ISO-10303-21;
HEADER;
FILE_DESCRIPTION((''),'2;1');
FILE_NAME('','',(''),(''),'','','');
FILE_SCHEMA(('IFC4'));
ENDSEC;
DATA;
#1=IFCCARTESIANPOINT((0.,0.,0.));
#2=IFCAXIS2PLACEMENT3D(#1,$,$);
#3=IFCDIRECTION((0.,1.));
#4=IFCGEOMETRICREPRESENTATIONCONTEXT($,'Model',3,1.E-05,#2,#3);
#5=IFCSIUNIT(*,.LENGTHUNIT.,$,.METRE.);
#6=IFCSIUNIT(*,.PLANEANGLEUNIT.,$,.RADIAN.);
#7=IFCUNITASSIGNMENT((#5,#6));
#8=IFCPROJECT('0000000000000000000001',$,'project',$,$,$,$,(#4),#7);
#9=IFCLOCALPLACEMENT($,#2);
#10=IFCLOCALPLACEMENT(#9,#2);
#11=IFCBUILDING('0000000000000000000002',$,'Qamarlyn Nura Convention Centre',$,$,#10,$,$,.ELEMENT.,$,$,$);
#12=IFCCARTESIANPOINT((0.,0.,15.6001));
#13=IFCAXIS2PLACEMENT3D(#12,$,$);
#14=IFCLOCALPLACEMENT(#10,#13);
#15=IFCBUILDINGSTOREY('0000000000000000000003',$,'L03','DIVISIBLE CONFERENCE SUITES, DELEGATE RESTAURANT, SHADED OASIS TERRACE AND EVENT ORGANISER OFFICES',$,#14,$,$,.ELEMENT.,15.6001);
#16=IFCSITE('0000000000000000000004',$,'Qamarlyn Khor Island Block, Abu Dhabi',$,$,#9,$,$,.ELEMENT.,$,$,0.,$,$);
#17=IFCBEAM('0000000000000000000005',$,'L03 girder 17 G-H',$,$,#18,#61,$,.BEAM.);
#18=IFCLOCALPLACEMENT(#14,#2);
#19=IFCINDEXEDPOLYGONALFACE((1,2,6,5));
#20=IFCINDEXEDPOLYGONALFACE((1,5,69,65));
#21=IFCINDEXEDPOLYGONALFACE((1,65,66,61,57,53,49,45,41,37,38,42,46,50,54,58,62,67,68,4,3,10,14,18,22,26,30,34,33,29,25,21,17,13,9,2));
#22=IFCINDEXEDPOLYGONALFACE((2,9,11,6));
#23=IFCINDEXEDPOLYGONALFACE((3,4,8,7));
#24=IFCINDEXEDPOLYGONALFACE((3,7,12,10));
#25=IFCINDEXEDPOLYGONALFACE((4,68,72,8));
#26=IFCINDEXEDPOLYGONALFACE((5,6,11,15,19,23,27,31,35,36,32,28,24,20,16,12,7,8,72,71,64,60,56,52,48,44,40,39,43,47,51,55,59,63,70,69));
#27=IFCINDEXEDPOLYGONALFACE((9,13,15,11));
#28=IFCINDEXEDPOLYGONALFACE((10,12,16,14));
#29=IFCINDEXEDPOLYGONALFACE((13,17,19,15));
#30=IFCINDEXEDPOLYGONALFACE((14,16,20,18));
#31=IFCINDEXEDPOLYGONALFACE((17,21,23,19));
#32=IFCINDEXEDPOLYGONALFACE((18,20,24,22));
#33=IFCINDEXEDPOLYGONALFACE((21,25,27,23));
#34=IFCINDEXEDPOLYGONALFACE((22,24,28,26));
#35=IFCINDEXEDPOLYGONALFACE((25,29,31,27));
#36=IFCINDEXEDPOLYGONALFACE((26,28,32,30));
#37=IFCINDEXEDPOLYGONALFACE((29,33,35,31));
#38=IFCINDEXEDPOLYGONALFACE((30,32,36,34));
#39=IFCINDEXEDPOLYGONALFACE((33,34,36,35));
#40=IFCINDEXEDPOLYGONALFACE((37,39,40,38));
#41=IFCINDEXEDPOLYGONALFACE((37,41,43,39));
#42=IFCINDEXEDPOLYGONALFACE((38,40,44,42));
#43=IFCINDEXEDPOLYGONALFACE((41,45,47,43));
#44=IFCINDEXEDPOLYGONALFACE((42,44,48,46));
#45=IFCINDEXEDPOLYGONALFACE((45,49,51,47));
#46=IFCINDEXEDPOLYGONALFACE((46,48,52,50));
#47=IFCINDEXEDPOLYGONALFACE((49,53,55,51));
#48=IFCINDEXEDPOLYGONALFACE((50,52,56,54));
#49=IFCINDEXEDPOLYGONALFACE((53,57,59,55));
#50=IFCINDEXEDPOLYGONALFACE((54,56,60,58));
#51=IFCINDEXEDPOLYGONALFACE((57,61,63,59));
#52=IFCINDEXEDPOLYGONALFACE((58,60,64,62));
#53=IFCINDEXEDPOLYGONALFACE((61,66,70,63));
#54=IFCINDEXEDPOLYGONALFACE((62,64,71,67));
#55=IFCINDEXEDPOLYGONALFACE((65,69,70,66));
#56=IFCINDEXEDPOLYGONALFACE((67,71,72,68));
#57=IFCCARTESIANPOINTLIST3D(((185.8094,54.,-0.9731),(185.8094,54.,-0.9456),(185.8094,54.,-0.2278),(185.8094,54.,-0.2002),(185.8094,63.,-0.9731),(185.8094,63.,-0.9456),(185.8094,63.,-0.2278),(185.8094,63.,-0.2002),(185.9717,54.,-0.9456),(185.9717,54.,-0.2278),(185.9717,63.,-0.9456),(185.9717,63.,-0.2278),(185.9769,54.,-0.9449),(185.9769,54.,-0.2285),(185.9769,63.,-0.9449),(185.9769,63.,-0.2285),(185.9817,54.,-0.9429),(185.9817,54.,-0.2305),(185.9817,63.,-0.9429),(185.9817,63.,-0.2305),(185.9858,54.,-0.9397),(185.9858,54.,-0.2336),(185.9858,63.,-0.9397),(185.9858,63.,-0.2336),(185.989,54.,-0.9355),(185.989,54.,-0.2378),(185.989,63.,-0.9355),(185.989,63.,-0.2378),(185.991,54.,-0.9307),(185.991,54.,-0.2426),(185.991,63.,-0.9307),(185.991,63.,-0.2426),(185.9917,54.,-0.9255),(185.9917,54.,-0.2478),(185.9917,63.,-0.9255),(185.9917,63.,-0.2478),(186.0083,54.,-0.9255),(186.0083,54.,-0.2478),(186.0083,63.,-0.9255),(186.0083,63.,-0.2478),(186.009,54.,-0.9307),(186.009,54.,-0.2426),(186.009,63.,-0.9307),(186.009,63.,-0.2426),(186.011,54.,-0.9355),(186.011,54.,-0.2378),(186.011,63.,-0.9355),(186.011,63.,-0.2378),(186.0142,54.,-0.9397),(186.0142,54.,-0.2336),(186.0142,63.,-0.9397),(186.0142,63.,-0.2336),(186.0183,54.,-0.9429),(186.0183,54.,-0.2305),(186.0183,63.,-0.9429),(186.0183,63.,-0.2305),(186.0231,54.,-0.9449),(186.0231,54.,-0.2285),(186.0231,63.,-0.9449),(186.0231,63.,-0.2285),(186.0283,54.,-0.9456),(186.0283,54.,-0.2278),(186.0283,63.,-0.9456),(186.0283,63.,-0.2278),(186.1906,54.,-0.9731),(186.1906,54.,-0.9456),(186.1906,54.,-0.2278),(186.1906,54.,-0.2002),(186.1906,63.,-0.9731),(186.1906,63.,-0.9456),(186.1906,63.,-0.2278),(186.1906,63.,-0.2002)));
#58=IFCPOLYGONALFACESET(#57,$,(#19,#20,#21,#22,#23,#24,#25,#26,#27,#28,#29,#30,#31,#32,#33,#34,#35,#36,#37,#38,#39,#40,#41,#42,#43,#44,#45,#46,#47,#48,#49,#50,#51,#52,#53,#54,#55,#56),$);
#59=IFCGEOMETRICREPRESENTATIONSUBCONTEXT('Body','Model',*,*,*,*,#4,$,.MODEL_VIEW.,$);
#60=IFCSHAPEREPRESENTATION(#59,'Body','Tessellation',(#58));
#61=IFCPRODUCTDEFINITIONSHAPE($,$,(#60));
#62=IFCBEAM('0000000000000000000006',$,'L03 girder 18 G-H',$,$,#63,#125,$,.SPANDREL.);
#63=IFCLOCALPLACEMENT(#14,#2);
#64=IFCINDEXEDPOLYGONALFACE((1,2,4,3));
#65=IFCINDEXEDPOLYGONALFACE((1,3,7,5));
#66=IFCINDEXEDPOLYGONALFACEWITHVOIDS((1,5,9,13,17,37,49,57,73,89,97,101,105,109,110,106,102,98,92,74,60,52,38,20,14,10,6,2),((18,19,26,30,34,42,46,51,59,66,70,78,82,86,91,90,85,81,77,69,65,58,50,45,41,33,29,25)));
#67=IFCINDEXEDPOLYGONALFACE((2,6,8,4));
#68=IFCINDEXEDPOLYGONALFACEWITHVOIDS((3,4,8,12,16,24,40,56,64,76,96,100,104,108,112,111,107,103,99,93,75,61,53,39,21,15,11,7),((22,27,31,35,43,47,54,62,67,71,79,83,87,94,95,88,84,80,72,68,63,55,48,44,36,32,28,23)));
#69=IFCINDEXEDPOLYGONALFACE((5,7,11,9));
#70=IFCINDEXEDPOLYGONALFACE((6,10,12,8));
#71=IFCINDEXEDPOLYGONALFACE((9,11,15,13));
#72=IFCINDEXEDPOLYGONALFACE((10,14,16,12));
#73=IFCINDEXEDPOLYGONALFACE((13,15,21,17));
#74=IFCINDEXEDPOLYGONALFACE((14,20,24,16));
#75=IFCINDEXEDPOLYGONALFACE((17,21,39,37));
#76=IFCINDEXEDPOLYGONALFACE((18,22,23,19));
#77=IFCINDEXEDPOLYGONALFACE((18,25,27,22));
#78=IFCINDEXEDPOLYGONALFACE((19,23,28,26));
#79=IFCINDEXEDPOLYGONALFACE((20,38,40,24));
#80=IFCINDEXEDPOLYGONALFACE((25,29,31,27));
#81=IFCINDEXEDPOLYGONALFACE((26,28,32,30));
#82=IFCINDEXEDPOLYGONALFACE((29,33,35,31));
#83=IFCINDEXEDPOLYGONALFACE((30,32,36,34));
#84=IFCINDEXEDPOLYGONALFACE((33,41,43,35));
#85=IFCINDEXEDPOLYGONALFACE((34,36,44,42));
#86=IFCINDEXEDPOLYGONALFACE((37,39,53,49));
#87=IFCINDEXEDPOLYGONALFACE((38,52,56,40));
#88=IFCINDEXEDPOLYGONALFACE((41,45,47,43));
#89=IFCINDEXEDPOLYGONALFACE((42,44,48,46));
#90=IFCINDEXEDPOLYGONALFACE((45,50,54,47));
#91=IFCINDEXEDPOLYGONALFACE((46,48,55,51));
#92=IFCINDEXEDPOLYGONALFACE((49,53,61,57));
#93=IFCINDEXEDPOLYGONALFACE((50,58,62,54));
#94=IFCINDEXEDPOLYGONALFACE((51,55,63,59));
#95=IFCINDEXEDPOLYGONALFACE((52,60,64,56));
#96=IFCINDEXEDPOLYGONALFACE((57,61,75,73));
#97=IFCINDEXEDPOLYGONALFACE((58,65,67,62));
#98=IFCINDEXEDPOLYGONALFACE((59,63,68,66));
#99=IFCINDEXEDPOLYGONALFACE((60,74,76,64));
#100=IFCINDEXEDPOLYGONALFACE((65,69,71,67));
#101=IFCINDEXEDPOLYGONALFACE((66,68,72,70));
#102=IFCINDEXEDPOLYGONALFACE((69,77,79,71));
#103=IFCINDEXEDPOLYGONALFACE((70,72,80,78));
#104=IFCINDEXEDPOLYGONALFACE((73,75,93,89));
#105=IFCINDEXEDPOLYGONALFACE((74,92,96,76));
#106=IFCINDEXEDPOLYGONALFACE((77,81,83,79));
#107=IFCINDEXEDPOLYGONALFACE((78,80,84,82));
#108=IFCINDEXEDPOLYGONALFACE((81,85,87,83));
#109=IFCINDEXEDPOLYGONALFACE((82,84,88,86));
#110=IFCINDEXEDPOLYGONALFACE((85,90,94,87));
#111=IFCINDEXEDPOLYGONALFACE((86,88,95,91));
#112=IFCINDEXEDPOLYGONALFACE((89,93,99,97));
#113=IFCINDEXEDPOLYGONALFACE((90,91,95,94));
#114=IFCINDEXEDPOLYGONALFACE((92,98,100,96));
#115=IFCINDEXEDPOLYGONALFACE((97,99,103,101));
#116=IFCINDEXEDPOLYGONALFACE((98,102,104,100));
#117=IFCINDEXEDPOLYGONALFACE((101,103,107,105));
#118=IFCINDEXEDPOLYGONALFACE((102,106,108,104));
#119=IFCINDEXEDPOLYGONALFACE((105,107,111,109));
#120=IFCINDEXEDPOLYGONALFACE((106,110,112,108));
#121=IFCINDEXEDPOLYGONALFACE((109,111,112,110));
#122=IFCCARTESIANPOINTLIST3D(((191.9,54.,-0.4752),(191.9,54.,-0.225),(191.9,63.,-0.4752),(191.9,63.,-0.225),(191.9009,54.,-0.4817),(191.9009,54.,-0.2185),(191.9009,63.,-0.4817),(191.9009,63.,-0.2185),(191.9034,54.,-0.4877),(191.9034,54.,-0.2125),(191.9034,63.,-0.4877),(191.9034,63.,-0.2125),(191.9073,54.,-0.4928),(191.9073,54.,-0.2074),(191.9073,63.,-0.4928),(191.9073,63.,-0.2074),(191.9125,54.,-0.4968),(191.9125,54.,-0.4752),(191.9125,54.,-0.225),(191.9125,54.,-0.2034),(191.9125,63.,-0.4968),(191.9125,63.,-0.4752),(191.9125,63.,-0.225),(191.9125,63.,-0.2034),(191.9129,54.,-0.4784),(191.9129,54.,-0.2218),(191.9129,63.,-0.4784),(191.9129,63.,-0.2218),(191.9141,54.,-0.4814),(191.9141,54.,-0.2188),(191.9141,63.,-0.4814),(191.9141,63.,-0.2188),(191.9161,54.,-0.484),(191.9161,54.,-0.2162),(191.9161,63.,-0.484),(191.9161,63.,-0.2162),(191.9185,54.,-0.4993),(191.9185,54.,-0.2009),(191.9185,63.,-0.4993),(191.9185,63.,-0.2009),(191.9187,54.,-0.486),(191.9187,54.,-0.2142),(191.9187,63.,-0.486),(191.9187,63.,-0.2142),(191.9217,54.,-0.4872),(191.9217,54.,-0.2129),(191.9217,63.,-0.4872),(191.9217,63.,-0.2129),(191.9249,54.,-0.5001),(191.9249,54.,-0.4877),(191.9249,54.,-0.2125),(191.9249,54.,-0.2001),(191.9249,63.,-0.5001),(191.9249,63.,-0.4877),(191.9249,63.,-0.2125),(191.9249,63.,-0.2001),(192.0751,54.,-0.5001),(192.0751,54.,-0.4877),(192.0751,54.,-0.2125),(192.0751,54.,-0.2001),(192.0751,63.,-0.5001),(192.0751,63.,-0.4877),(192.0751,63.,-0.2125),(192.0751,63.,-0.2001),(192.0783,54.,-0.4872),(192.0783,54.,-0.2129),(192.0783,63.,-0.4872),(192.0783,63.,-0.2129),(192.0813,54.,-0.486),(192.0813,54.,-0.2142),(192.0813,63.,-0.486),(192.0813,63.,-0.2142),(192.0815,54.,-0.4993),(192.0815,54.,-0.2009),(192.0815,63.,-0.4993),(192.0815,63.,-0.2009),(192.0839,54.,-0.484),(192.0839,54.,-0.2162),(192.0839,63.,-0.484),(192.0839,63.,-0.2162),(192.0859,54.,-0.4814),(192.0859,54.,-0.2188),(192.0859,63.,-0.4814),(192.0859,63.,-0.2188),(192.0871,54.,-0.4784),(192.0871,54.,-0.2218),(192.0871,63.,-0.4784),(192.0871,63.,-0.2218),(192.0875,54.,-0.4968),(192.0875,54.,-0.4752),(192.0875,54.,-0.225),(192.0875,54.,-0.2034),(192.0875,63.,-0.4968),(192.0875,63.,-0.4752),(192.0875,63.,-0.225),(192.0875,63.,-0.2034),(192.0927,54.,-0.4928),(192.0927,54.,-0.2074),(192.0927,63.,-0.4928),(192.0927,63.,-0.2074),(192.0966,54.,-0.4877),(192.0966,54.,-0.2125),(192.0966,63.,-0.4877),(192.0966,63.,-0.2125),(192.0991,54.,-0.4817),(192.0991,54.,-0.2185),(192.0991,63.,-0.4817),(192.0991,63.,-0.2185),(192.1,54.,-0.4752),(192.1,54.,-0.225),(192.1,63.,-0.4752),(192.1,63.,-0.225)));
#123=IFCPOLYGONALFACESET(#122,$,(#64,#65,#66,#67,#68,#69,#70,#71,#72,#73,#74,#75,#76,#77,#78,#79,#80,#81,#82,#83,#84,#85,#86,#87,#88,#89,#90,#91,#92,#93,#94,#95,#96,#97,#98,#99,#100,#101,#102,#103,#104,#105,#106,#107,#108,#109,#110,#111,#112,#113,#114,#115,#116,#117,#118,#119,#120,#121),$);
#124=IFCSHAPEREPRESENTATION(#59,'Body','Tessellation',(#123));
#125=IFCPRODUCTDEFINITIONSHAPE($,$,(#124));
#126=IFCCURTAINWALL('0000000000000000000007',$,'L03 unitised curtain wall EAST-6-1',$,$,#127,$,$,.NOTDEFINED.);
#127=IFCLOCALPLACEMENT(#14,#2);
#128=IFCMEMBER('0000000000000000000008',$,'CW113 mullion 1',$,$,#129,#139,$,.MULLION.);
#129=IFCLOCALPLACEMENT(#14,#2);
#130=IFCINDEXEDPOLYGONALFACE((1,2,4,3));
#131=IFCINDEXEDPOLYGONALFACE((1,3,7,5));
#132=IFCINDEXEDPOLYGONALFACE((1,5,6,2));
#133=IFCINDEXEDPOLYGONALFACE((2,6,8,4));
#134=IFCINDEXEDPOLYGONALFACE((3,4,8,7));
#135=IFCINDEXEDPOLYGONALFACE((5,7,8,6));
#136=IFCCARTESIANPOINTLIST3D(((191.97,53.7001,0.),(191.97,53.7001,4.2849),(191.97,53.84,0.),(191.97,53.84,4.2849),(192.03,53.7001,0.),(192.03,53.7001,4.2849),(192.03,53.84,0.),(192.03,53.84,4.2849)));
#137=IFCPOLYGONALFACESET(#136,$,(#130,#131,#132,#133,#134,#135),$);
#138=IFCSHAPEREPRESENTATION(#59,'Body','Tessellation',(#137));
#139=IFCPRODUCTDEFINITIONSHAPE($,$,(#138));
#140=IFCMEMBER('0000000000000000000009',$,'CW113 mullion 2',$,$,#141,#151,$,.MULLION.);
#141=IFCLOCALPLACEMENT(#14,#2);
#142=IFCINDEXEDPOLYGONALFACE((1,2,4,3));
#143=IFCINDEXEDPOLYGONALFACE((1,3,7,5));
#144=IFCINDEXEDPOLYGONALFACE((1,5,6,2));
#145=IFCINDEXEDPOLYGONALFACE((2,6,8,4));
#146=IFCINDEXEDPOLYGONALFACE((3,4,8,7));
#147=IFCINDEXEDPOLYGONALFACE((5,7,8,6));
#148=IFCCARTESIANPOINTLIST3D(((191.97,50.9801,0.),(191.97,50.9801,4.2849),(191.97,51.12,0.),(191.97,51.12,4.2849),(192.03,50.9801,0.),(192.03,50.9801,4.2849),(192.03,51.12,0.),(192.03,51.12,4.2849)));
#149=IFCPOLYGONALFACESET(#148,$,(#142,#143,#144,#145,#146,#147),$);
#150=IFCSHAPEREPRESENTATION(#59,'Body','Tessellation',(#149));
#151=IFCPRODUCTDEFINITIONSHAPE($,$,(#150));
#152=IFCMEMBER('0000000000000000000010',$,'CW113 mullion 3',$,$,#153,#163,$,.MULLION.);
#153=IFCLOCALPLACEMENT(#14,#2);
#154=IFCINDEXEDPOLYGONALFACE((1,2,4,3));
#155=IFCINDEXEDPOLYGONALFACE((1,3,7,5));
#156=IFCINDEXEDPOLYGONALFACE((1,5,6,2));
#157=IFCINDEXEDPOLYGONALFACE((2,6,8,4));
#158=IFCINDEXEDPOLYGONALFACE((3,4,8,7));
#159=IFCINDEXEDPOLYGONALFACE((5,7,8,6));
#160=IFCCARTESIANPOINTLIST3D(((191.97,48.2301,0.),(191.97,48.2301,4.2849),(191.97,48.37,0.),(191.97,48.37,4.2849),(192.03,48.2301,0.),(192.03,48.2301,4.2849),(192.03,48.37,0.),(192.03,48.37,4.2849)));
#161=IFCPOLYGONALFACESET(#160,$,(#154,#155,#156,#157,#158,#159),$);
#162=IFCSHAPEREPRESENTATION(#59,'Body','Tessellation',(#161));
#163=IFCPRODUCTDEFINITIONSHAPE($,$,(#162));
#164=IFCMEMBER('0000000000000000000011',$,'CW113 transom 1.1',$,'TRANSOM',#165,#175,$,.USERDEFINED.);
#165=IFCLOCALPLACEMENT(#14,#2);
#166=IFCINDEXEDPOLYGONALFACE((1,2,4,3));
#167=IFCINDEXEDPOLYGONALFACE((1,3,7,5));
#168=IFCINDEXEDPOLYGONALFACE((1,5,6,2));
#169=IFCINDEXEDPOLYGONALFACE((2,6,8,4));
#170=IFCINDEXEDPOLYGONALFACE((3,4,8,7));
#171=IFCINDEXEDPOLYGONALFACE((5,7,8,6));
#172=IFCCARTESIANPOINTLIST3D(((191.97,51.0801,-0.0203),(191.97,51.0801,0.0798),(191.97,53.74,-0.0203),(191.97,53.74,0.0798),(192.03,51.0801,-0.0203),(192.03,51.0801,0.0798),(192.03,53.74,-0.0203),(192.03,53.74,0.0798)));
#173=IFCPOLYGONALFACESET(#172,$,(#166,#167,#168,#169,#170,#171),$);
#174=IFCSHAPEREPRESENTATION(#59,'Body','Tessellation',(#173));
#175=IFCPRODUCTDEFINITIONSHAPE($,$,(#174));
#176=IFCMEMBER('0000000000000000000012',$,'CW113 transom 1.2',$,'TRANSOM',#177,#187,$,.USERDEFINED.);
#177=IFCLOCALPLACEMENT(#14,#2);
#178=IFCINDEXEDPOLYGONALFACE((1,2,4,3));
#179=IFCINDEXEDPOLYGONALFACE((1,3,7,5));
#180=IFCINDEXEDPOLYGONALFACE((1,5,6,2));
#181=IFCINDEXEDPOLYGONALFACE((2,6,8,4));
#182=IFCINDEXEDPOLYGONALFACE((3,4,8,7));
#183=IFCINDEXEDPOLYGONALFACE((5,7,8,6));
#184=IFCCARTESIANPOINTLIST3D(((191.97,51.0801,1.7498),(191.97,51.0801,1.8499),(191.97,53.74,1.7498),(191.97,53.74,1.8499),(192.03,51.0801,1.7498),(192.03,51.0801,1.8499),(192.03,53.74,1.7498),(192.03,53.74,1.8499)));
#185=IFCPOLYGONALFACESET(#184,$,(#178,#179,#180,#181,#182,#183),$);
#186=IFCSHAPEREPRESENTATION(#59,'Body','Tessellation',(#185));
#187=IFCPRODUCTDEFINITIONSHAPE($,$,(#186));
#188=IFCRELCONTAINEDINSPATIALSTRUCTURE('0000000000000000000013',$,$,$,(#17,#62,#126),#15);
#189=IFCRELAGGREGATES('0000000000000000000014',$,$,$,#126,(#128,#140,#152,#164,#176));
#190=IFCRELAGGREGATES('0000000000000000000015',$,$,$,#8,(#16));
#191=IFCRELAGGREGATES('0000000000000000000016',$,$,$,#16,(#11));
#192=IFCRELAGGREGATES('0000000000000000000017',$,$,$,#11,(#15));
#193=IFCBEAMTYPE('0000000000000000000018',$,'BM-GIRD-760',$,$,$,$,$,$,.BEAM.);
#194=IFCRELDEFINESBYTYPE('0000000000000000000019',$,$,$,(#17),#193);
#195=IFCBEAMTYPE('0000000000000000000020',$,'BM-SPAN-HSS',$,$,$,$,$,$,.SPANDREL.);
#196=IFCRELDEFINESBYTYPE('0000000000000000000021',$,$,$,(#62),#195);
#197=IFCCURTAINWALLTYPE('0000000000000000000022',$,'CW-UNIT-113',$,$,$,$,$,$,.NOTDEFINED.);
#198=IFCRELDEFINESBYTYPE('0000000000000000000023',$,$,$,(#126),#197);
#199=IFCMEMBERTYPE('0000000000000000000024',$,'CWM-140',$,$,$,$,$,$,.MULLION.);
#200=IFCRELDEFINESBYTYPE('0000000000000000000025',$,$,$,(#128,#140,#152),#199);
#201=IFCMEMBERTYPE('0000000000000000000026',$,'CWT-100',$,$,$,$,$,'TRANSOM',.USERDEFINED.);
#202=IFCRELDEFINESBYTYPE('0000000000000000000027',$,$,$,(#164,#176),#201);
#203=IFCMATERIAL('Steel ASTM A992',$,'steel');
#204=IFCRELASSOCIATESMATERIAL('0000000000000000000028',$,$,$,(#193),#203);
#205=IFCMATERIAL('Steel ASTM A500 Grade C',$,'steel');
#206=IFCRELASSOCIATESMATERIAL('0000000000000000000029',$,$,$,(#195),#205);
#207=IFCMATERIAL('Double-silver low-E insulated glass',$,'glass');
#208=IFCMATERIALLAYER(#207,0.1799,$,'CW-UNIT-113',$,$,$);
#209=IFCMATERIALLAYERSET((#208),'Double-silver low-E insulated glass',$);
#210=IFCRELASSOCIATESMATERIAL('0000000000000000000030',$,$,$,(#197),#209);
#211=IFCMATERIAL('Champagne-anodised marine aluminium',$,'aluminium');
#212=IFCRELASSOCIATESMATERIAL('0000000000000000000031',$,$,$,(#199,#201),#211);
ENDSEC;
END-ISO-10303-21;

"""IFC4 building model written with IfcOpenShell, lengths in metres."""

from ifc_helpers import new_model, si_unit, direction, frame, origin, origin_2d, place, context, subcontext, project, spatial, rectangle, hollow_rectangle, i_section, extrude, material, layer, layer_set, material_profile, profile_set, type_object, element, aggregate, save


model = new_model("IFC4")

# Units and contexts
model_context = context("Model", 3, precision=1e-05, world=origin(), true_north=direction((0.0, 1.0)))
body_context = subcontext(model_context, "Body", "Model", "MODEL_VIEW")
ifc_project = project(units=[si_unit("LENGTHUNIT", "METRE"), si_unit("PLANEANGLEUNIT", "RADIAN")], contexts=[model_context])

# Site, building, storey
site_placement = place(None, origin())
site = spatial("IfcSite", under=ifc_project, at=site_placement, Name="Qamarlyn Khor Island Block, Abu Dhabi", CompositionType="ELEMENT", RefElevation=0.0)
building_placement = place(site_placement, origin())
building = spatial("IfcBuilding", under=site, at=building_placement, Name="Qamarlyn Nura Convention Centre", CompositionType="ELEMENT")
storey_placement = place(building_placement, frame((0.0, 0.0, 15.6001)))
storey = spatial("IfcBuildingStorey", under=building, at=storey_placement, Name="L03", Description="DIVISIBLE CONFERENCE SUITES, DELEGATE RESTAURANT, SHADED OASIS TERRACE AND EVENT ORGANISER OFFICES", CompositionType="ELEMENT", Elevation=15.6001)

# Shared definitions
ifc_material_1 = material(Name="Steel ASTM A500 Grade C", Category="steel")
ifc_material_2 = material(Name="Steel ASTM A992", Category="steel")

# Beams
ifc_material_profile_1 = material_profile(ifc_material_2, i_section(OverallWidth=0.3811, OverallDepth=0.7729, WebThickness=0.0166, FlangeThickness=0.0276, FilletRadius=0.02, at=origin_2d()), Name="W760X257")
ifc_profile_set_1 = profile_set([ifc_material_profile_1], Name="Steel ASTM A992")
beam_type_1 = type_object("IfcBeamType", Name="BM-GIRD-760", PredefinedType="BEAM", material=ifc_profile_set_1)
beam_1_placement = place(storey_placement, frame((186.0, 54.0, -0.5867), z_axis=(0.0, 1.0, 0.0), x_axis=(-1.0, 0.0, 0.0)))
element("IfcBeam", 1, at=beam_1_placement, inside=storey, type_object=beam_type_1, Name="L03 girder 17 G-H", PredefinedType="BEAM", context=body_context, shape_type="SweptSolid", body=[
    extrude(i_section(OverallWidth=0.3811, OverallDepth=0.7729, WebThickness=0.0166, FlangeThickness=0.0276, FilletRadius=0.02, at=origin_2d()), origin(), (0.0, 0.0, 1.0), 9.0),
])
ifc_material_profile_2 = material_profile(ifc_material_1, hollow_rectangle(XDim=0.2, YDim=0.3, WallThickness=0.0125, InnerFilletRadius=0.0125, OuterFilletRadius=0.0249, at=origin_2d()), Name="HSS300X200X12.5")
ifc_profile_set_2 = profile_set([ifc_material_profile_2], Name="Steel ASTM A500 Grade C")
beam_type_2 = type_object("IfcBeamType", Name="BM-SPAN-HSS", PredefinedType="SPANDREL", material=ifc_profile_set_2)
beam_2_placement = place(storey_placement, frame((192.0, 54.0, -0.3501), z_axis=(0.0, 1.0, 0.0), x_axis=(-1.0, 0.0, 0.0)))
element("IfcBeam", 2, at=beam_2_placement, inside=storey, type_object=beam_type_2, Name="L03 girder 18 G-H", PredefinedType="SPANDREL", context=body_context, shape_type="SweptSolid", body=[
    extrude(hollow_rectangle(XDim=0.2, YDim=0.3, WallThickness=0.0125, InnerFilletRadius=0.0125, OuterFilletRadius=0.0249, at=origin_2d()), origin(), (0.0, 0.0, 1.0), 9.0),
])

# Curtain wall, members
ifc_material_3 = material(Name="Double-silver low-E insulated glass", Category="glass")
ifc_layer_1 = layer(ifc_material_3, 0.1799, Name="CW-UNIT-113")
ifc_layer_set_1 = layer_set([ifc_layer_1], Name="Double-silver low-E insulated glass")
curtain_wall_type = type_object("IfcCurtainWallType", Name="CW-UNIT-113", PredefinedType="NOTDEFINED", material=ifc_layer_set_1)
curtain_wall_placement = place(storey_placement, origin())
curtain_wall = element("IfcCurtainWall", 3, at=curtain_wall_placement, inside=storey, type_object=curtain_wall_type, Name="L03 unitised curtain wall EAST-6-1", PredefinedType="NOTDEFINED")
ifc_material_4 = material(Name="Champagne-anodised marine aluminium", Category="aluminium")
ifc_material_profile_3 = material_profile(ifc_material_4, rectangle(XDim=0.0601, YDim=0.1399, at=origin_2d()), Name="ALU MULLION 60x140")
ifc_profile_set_3 = profile_set([ifc_material_profile_3], Name="Champagne-anodised marine aluminium")
member_type_1 = type_object("IfcMemberType", Name="CWM-140", PredefinedType="MULLION", material=ifc_profile_set_3)
member_1_placement = place(storey_placement, frame((192.0, 53.77, 0.0), z_axis=(0.0, 0.0, 1.0), x_axis=(1.0, 0.0, 0.0)))
member_1 = element("IfcMember", 4, at=member_1_placement, type_object=member_type_1, Name="CW113 mullion 1", PredefinedType="MULLION", context=body_context, shape_type="SweptSolid", body=[
    extrude(rectangle(XDim=0.0601, YDim=0.1399, at=origin_2d()), origin(), (0.0, 0.0, 1.0), 4.2849),
])
member_2_placement = place(storey_placement, frame((192.0, 51.05, 0.0), z_axis=(0.0, 0.0, 1.0), x_axis=(1.0, 0.0, 0.0)))
member_2 = element("IfcMember", 5, at=member_2_placement, type_object=member_type_1, Name="CW113 mullion 2", PredefinedType="MULLION", context=body_context, shape_type="SweptSolid", body=[
    extrude(rectangle(XDim=0.0601, YDim=0.1399, at=origin_2d()), origin(), (0.0, 0.0, 1.0), 4.2849),
])
member_3_placement = place(storey_placement, frame((192.0, 48.3, 0.0), z_axis=(0.0, 0.0, 1.0), x_axis=(1.0, 0.0, 0.0)))
member_3 = element("IfcMember", 6, at=member_3_placement, type_object=member_type_1, Name="CW113 mullion 3", PredefinedType="MULLION", context=body_context, shape_type="SweptSolid", body=[
    extrude(rectangle(XDim=0.0601, YDim=0.1399, at=origin_2d()), origin(), (0.0, 0.0, 1.0), 4.2849),
])
ifc_material_profile_4 = material_profile(ifc_material_4, rectangle(XDim=0.0601, YDim=0.1001, at=origin_2d()), Name="ALU TRANSOM 60x100")
ifc_profile_set_4 = profile_set([ifc_material_profile_4], Name="Champagne-anodised marine aluminium")
member_type_2 = type_object("IfcMemberType", Name="CWT-100", ElementType="TRANSOM", PredefinedType="USERDEFINED", material=ifc_profile_set_4)
member_4_placement = place(storey_placement, frame((192.0, 53.74, 0.0298), z_axis=(0.0, -1.0, 0.0), x_axis=(1.0, 0.0, 0.0)))
member_4 = element("IfcMember", 7, at=member_4_placement, type_object=member_type_2, Name="CW113 transom 1.1", ObjectType="TRANSOM", PredefinedType="USERDEFINED", context=body_context, shape_type="SweptSolid", body=[
    extrude(rectangle(XDim=0.0601, YDim=0.1001, at=origin_2d()), origin(), (0.0, 0.0, 1.0), 2.6599),
])
member_5_placement = place(storey_placement, frame((192.0, 53.74, 1.7998), z_axis=(0.0, -1.0, 0.0), x_axis=(1.0, 0.0, 0.0)))
member_5 = element("IfcMember", 8, at=member_5_placement, type_object=member_type_2, Name="CW113 transom 1.2", ObjectType="TRANSOM", PredefinedType="USERDEFINED", context=body_context, shape_type="SweptSolid", body=[
    extrude(rectangle(XDim=0.0601, YDim=0.1001, at=origin_2d()), origin(), (0.0, 0.0, 1.0), 2.6599),
])
aggregate(curtain_wall, [member_1, member_2, member_3, member_4, member_5])

save(model, "model.ifc")
